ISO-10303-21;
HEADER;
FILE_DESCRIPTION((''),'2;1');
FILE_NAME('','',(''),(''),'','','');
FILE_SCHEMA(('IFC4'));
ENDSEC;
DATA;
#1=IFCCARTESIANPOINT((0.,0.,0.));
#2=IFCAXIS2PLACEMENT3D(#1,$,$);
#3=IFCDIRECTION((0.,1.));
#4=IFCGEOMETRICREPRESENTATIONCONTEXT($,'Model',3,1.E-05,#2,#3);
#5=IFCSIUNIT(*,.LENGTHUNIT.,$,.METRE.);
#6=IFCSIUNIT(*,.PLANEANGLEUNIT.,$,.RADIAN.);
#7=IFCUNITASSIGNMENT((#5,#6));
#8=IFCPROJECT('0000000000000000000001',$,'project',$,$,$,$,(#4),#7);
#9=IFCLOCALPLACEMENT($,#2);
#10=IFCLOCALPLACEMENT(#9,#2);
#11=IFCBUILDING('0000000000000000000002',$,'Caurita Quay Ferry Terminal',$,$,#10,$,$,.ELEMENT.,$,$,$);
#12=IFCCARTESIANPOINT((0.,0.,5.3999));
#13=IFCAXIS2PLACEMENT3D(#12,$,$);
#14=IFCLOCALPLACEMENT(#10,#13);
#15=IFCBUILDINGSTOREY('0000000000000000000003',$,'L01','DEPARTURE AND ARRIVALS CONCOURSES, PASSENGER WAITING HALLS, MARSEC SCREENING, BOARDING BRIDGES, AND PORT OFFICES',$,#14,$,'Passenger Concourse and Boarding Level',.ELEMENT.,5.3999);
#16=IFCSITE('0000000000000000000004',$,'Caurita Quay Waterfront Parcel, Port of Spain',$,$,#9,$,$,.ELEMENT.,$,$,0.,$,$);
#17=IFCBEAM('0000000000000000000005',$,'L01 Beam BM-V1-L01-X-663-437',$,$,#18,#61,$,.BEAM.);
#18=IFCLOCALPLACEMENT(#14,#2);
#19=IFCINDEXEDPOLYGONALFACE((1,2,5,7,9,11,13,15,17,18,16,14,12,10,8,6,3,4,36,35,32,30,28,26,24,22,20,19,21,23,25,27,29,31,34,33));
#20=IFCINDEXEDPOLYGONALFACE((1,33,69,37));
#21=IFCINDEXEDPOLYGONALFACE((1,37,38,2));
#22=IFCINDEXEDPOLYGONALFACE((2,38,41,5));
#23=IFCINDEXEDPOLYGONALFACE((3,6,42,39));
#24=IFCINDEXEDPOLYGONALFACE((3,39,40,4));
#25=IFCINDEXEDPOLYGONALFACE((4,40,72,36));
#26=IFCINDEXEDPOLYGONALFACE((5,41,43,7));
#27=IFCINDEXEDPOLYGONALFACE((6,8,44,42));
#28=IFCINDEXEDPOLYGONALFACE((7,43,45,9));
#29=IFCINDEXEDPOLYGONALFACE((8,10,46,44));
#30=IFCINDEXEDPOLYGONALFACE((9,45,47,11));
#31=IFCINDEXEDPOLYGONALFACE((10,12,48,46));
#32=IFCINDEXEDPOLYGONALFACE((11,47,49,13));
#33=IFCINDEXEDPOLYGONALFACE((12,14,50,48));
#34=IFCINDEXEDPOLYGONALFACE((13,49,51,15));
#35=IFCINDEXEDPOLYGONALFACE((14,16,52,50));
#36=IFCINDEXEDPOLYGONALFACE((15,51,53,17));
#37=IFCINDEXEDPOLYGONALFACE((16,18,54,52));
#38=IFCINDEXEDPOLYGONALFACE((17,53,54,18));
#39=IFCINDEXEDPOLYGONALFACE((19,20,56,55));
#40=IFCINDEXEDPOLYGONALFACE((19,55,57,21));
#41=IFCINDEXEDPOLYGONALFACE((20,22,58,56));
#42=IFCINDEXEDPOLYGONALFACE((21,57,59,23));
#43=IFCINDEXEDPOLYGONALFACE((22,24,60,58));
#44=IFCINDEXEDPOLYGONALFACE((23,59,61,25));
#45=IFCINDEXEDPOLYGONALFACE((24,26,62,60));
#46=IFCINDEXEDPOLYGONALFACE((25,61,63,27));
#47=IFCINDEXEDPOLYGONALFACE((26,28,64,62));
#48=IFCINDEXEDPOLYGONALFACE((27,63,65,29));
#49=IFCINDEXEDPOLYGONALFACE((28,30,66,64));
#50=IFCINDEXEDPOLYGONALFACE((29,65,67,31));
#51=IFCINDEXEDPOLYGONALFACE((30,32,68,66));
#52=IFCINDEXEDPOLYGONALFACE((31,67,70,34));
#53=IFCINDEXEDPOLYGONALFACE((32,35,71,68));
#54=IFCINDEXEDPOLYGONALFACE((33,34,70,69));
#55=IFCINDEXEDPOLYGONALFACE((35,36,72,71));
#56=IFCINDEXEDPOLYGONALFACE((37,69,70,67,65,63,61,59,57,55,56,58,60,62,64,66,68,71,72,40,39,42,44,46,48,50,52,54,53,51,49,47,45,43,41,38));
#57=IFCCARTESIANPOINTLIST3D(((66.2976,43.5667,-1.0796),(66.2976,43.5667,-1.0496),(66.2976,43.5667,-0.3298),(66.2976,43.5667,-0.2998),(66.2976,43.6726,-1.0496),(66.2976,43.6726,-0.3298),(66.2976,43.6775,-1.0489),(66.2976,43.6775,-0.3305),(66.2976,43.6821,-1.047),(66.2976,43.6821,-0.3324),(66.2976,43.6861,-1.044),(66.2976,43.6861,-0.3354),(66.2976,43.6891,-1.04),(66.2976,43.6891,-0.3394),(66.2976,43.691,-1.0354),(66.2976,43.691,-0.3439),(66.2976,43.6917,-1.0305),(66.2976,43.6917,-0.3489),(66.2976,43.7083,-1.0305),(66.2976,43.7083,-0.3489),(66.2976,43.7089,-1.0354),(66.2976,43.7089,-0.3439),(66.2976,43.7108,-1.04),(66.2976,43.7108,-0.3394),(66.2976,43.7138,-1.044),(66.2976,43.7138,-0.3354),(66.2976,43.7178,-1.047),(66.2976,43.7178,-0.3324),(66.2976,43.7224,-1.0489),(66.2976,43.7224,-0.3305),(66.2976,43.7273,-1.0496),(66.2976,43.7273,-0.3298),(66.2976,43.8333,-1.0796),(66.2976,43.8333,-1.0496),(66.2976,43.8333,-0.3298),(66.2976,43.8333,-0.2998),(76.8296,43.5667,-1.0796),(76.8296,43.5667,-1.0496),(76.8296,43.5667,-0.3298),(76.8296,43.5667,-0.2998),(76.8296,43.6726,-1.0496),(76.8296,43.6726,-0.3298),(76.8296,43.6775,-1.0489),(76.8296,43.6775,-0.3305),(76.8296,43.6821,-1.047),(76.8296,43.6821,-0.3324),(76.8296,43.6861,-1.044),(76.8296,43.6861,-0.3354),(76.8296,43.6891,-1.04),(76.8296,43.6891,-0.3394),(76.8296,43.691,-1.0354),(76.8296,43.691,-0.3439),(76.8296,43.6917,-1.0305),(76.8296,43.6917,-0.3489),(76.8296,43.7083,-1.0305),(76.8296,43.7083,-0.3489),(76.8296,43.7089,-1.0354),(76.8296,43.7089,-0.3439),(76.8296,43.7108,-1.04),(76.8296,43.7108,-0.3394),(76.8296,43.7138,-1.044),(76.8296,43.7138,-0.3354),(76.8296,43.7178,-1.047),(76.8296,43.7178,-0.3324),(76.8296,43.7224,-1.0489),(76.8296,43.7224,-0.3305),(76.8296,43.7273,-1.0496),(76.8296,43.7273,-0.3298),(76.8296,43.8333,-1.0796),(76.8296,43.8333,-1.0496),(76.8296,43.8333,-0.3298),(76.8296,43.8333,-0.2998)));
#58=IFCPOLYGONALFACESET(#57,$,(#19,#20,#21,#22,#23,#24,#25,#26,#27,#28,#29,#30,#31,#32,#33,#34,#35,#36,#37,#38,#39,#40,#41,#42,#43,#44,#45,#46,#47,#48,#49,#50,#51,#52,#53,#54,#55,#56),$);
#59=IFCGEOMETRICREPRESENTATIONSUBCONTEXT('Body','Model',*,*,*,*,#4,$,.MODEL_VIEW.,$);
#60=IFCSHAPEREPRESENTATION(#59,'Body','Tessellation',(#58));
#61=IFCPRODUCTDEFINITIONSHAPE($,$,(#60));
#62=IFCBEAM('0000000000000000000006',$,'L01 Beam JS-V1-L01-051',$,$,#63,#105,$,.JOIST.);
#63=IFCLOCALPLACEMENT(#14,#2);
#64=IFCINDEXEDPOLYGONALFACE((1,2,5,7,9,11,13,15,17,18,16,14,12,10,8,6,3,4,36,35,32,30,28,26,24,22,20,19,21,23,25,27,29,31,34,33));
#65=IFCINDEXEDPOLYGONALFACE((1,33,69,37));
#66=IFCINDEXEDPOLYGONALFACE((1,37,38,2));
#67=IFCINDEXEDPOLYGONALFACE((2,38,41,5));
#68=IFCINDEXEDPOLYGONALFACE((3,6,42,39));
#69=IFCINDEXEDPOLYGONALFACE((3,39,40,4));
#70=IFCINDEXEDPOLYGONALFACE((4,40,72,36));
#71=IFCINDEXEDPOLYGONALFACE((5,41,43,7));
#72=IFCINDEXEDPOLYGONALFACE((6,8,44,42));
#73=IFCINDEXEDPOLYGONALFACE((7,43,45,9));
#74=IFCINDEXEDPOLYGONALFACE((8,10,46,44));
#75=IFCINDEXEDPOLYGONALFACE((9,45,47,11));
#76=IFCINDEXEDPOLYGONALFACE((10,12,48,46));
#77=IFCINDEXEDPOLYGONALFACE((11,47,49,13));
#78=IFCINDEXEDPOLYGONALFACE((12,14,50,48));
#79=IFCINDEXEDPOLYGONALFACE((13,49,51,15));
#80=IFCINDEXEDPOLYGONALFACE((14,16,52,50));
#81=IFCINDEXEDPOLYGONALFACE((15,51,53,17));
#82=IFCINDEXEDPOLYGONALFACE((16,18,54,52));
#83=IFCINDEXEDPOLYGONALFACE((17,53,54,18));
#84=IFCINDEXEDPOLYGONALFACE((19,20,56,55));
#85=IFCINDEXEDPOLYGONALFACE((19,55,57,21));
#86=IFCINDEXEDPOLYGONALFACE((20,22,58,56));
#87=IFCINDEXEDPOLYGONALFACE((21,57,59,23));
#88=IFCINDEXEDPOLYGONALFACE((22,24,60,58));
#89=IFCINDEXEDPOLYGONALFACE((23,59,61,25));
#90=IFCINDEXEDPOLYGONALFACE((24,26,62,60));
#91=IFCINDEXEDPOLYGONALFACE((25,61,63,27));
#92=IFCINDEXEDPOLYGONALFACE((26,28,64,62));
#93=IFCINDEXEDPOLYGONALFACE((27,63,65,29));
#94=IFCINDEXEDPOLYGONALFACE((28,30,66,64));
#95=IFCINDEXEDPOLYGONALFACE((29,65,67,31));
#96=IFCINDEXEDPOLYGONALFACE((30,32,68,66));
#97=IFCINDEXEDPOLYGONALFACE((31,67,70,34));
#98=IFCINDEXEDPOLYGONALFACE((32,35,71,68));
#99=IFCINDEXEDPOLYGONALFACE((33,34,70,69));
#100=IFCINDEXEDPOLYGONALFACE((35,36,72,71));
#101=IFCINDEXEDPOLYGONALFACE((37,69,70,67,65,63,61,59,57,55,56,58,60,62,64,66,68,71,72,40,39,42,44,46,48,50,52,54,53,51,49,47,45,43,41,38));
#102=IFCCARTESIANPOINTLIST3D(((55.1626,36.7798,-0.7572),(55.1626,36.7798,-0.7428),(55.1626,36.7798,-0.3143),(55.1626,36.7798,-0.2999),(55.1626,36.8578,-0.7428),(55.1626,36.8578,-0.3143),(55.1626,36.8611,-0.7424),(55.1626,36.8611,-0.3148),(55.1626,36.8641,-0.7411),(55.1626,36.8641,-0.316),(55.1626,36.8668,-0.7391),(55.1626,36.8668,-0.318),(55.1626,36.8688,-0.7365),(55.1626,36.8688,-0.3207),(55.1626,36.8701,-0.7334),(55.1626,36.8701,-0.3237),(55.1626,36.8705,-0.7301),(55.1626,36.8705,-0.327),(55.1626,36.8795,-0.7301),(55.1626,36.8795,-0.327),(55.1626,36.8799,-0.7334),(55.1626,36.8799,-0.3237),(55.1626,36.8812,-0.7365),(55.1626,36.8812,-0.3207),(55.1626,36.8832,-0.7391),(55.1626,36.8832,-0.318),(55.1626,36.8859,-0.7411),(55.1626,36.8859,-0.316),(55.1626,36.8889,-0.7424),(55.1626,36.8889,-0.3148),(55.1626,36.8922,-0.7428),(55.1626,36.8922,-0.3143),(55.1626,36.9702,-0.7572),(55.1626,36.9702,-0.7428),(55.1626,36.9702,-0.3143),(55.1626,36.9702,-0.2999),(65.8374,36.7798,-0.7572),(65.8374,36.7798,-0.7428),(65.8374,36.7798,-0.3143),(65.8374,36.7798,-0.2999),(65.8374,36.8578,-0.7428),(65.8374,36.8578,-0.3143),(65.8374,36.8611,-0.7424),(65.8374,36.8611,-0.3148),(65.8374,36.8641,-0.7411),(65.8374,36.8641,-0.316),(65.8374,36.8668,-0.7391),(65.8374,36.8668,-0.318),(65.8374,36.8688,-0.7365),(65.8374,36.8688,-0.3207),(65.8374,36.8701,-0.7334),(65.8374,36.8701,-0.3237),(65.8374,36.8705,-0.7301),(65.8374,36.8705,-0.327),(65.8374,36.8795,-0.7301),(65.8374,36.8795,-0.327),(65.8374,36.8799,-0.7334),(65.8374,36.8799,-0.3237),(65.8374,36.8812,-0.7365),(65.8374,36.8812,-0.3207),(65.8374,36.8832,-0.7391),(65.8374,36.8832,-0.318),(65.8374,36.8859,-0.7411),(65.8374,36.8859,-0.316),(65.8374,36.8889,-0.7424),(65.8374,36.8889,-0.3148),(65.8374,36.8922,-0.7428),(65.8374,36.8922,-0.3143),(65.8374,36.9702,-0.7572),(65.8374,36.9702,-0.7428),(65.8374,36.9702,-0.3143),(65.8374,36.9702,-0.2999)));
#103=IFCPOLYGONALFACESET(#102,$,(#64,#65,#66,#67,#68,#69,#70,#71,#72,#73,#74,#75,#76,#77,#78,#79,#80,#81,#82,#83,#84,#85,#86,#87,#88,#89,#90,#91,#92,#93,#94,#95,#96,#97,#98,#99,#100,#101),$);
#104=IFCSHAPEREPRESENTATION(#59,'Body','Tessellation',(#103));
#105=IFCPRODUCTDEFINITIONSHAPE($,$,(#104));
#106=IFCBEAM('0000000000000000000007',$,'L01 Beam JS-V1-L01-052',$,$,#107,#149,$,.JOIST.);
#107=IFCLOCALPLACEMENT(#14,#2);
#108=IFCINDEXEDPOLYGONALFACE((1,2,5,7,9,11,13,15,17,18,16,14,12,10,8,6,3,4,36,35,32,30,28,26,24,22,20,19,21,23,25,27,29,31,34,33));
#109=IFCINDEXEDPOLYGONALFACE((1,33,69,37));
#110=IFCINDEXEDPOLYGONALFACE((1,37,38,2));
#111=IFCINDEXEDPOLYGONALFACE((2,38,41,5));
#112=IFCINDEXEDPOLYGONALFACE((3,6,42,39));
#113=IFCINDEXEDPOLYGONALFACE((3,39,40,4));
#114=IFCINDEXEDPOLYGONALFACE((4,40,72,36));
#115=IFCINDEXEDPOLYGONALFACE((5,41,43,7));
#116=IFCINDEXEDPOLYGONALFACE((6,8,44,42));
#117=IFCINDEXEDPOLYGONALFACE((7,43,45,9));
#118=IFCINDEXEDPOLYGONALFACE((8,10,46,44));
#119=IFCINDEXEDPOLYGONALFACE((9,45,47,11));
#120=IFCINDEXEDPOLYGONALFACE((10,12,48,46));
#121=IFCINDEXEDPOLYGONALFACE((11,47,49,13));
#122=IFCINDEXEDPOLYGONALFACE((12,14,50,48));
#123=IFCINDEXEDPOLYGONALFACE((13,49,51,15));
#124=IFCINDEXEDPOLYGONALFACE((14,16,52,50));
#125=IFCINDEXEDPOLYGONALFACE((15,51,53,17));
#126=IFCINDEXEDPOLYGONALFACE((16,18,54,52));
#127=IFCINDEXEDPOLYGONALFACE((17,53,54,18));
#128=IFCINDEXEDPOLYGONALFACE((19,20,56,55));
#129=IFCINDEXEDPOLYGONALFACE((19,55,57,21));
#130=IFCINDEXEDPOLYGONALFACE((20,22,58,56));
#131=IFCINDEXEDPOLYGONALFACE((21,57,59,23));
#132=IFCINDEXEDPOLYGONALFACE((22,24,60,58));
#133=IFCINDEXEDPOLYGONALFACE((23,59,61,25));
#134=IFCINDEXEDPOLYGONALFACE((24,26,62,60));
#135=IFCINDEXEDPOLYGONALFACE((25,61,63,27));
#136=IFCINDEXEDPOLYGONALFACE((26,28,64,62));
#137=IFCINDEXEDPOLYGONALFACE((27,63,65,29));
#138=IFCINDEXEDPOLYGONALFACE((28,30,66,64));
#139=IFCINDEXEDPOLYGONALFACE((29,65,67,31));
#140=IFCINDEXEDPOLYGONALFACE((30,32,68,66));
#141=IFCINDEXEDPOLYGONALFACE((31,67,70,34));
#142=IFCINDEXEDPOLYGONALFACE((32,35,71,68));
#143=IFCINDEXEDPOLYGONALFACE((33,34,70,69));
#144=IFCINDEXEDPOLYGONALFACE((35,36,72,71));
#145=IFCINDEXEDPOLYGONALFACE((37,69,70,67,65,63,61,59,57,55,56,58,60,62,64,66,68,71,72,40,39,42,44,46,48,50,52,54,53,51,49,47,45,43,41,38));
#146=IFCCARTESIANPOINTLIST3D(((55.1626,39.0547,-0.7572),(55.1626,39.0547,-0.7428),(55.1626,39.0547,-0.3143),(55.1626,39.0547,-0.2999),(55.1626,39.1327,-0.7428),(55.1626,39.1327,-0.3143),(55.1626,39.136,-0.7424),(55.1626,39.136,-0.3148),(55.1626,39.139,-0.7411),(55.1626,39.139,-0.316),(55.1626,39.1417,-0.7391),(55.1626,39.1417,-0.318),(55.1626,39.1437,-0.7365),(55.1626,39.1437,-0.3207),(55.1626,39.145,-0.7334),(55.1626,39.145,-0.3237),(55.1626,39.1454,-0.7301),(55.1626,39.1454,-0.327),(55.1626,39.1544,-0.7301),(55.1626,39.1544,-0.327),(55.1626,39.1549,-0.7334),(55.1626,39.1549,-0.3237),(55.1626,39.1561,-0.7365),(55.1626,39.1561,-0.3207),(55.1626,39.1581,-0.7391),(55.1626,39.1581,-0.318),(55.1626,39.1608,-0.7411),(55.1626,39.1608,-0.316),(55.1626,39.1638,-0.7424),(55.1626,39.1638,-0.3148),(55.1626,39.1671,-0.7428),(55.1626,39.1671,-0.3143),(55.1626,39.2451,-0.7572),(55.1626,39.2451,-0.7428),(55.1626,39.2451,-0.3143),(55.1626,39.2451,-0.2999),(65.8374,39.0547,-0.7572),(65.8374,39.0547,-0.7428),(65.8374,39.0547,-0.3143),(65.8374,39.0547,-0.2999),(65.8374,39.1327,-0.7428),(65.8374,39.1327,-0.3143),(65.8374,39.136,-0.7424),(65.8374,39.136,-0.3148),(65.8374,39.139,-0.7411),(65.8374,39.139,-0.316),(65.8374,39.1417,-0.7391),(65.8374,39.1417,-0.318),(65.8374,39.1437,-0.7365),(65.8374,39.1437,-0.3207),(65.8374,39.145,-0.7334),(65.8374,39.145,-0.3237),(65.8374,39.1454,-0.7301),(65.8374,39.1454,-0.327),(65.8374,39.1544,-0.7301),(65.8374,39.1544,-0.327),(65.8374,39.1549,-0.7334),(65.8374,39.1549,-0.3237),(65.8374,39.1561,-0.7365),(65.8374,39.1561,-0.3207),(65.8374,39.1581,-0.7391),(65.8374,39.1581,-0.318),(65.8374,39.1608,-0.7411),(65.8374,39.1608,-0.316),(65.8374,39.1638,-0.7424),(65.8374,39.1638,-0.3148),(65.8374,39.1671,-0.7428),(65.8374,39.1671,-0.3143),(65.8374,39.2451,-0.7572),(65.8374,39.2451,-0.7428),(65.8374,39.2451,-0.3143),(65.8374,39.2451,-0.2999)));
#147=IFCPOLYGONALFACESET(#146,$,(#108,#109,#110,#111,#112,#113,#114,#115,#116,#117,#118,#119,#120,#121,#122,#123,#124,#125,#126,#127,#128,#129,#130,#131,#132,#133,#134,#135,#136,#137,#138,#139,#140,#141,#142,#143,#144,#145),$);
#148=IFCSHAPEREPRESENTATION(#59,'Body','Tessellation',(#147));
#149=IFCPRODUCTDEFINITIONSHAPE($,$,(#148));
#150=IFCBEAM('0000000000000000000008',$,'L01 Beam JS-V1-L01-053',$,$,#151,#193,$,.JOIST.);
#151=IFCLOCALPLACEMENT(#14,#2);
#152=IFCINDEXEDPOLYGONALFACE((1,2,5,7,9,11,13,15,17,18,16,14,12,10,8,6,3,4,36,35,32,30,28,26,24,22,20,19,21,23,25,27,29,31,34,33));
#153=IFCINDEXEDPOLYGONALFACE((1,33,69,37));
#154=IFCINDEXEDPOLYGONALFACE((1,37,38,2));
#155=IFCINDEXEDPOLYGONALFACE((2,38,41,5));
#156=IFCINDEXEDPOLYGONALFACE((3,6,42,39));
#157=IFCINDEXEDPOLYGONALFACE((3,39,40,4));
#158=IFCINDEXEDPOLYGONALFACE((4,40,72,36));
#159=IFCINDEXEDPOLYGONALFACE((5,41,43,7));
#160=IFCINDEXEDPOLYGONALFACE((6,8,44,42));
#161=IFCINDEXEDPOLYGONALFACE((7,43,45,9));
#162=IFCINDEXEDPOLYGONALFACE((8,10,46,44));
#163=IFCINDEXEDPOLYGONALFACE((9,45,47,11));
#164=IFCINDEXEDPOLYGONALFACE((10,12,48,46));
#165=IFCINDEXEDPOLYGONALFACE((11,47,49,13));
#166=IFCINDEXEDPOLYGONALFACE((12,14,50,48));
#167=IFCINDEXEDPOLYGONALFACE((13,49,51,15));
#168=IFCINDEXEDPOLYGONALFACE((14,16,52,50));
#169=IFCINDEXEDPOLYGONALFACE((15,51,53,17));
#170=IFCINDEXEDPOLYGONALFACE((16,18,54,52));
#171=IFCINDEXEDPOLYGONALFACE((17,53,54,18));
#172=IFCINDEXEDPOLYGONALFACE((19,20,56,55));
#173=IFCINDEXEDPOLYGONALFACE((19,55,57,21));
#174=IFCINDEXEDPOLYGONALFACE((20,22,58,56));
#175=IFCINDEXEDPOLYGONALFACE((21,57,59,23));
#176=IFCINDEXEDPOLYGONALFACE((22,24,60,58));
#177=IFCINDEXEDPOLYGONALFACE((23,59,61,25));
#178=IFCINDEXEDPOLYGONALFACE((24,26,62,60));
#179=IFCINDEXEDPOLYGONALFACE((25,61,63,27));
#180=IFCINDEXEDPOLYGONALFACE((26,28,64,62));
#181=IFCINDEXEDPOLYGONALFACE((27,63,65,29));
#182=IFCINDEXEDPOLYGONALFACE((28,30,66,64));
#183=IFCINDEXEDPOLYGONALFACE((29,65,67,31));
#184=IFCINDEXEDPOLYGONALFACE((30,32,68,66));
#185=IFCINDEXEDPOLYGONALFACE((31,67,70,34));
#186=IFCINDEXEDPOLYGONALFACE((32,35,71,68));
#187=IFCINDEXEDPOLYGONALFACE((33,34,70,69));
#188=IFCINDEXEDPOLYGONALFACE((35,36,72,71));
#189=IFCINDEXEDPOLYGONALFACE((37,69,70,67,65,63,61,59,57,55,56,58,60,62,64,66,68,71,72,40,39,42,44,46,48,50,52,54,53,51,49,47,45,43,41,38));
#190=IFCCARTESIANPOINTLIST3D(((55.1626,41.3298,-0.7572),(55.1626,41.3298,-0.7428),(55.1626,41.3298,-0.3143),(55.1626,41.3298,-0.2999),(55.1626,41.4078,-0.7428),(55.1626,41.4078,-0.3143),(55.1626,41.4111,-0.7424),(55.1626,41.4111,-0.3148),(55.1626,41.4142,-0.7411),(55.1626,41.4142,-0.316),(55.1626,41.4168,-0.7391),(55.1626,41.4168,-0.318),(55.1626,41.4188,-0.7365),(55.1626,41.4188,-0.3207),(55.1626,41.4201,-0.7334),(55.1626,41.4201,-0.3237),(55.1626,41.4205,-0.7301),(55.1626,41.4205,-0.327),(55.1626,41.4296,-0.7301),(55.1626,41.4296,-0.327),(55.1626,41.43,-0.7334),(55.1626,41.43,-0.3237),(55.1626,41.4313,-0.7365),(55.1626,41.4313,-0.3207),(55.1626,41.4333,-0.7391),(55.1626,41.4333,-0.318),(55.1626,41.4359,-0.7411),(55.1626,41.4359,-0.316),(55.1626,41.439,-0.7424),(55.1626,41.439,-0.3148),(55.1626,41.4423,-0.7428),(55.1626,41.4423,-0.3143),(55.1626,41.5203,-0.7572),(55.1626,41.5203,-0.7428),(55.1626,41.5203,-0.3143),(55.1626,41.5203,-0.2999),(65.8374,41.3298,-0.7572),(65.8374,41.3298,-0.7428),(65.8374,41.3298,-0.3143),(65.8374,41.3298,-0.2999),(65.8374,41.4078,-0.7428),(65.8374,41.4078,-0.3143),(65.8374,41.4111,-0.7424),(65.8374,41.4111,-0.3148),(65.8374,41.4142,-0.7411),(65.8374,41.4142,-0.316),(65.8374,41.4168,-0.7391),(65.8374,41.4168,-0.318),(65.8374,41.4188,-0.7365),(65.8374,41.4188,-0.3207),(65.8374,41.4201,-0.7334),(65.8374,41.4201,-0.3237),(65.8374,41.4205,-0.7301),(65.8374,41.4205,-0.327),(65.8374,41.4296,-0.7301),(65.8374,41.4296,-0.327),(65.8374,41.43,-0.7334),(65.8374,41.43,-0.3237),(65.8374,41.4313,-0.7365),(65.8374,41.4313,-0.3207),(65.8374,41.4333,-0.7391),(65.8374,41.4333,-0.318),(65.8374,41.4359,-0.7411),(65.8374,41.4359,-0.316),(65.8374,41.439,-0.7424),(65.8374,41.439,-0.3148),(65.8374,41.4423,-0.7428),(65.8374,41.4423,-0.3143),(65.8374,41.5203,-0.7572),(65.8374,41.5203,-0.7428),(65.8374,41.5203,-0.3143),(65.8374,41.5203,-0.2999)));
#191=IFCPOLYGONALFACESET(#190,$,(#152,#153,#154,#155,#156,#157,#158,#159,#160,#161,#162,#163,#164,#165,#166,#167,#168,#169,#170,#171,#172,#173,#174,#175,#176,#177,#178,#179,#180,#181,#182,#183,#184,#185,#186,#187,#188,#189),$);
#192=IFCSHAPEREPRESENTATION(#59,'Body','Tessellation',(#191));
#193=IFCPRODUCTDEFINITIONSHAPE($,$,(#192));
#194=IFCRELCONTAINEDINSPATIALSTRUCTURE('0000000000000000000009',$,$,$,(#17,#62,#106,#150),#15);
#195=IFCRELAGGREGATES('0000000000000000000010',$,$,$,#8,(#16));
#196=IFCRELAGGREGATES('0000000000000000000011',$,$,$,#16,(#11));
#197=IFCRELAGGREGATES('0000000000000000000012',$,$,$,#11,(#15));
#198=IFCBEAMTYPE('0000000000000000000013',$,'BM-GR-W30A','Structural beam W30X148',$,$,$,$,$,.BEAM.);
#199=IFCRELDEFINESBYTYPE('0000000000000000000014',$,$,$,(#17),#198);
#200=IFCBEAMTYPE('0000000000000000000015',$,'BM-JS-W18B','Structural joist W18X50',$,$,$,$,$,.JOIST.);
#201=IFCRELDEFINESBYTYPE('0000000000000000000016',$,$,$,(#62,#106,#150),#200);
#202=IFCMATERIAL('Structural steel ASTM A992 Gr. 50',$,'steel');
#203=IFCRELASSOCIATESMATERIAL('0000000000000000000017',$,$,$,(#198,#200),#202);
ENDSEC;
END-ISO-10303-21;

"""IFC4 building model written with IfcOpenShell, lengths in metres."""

from ifc_helpers import new_model, si_unit, direction, frame, origin, origin_2d, place, context, subcontext, project, spatial, i_section, extrude, material, material_profile, profile_set, type_object, element, save


model = new_model("IFC4")

# Units and contexts
model_context = context("Model", 3, precision=1e-05, world=origin(), true_north=direction((0.0, 1.0)))
body_context = subcontext(model_context, "Body", "Model", "MODEL_VIEW")
ifc_project = project(units=[si_unit("LENGTHUNIT", "METRE"), si_unit("PLANEANGLEUNIT", "RADIAN")], contexts=[model_context])

# Site, building, storey
site_placement = place(None, origin())
site = spatial("IfcSite", under=ifc_project, at=site_placement, Name="Caurita Quay Waterfront Parcel, Port of Spain", CompositionType="ELEMENT", RefElevation=0.0)
building_placement = place(site_placement, origin())
building = spatial("IfcBuilding", under=site, at=building_placement, Name="Caurita Quay Ferry Terminal", CompositionType="ELEMENT")
storey_placement = place(building_placement, frame((0.0, 0.0, 5.3999)))
storey = spatial("IfcBuildingStorey", under=building, at=storey_placement, Name="L01", Description="DEPARTURE AND ARRIVALS CONCOURSES, PASSENGER WAITING HALLS, MARSEC SCREENING, BOARDING BRIDGES, AND PORT OFFICES", LongName="Passenger Concourse and Boarding Level", CompositionType="ELEMENT", Elevation=5.3999)

# Beams
ifc_material_1 = material(Name="Structural steel ASTM A992 Gr. 50", Category="steel")
ifc_material_profile_1 = material_profile(ifc_material_1, i_section(OverallWidth=0.2666, OverallDepth=0.7798, WebThickness=0.0166, FlangeThickness=0.03, FilletRadius=0.019, at=origin_2d()), Name="W30X148")
ifc_profile_set_1 = profile_set([ifc_material_profile_1], Name="Structural steel ASTM A992 Gr. 50")
beam_type_1 = type_object("IfcBeamType", Name="BM-GR-W30A", Description="Structural beam W30X148", PredefinedType="BEAM", material=ifc_profile_set_1)
for number, where, z_axis, x_axis, name in (
    (1, (66.2976, 43.7, -0.6897), (1.0, 0.0, 0.0), (0.0, 1.0, 0.0), "L01 Beam BM-V1-L01-X-663-437"),
):
    element("IfcBeam", number, at=place(storey_placement, frame(where, z_axis=z_axis, x_axis=x_axis)), inside=storey, type_object=beam_type_1, Name=name, PredefinedType="BEAM", context=body_context, shape_type="SweptSolid", body=[
        extrude(i_section(OverallWidth=0.2666, OverallDepth=0.7798, WebThickness=0.0166, FlangeThickness=0.03, FilletRadius=0.019, at=origin_2d()), origin(), (0.0, 0.0, 1.0), 10.532),
    ])
ifc_material_profile_2 = material_profile(ifc_material_1, i_section(OverallWidth=0.1904, OverallDepth=0.4573, WebThickness=0.009, FlangeThickness=0.0144, FilletRadius=0.0127, at=origin_2d()), Name="W18X50")
ifc_profile_set_2 = profile_set([ifc_material_profile_2], Name="Structural steel ASTM A992 Gr. 50")
beam_type_2 = type_object("IfcBeamType", Name="BM-JS-W18B", Description="Structural joist W18X50", PredefinedType="JOIST", material=ifc_profile_set_2)
for number, where, z_axis, x_axis, name in (
    (2, (55.1626, 36.875, -0.5286), (1.0, 0.0, 0.0), (0.0, 1.0, 0.0), "L01 Beam JS-V1-L01-051"),
    (3, (55.1626, 39.1499, -0.5286), (1.0, 0.0, 0.0), (0.0, 1.0, 0.0), "L01 Beam JS-V1-L01-052"),
    (4, (55.1626, 41.425, -0.5286), (1.0, 0.0, 0.0), (0.0, 1.0, 0.0), "L01 Beam JS-V1-L01-053"),
):
    element("IfcBeam", number, at=place(storey_placement, frame(where, z_axis=z_axis, x_axis=x_axis)), inside=storey, type_object=beam_type_2, Name=name, PredefinedType="JOIST", context=body_context, shape_type="SweptSolid", body=[
        extrude(i_section(OverallWidth=0.1904, OverallDepth=0.4573, WebThickness=0.009, FlangeThickness=0.0144, FilletRadius=0.0127, at=origin_2d()), origin(), (0.0, 0.0, 1.0), 10.6748),
    ])

save(model, "model.ifc")
